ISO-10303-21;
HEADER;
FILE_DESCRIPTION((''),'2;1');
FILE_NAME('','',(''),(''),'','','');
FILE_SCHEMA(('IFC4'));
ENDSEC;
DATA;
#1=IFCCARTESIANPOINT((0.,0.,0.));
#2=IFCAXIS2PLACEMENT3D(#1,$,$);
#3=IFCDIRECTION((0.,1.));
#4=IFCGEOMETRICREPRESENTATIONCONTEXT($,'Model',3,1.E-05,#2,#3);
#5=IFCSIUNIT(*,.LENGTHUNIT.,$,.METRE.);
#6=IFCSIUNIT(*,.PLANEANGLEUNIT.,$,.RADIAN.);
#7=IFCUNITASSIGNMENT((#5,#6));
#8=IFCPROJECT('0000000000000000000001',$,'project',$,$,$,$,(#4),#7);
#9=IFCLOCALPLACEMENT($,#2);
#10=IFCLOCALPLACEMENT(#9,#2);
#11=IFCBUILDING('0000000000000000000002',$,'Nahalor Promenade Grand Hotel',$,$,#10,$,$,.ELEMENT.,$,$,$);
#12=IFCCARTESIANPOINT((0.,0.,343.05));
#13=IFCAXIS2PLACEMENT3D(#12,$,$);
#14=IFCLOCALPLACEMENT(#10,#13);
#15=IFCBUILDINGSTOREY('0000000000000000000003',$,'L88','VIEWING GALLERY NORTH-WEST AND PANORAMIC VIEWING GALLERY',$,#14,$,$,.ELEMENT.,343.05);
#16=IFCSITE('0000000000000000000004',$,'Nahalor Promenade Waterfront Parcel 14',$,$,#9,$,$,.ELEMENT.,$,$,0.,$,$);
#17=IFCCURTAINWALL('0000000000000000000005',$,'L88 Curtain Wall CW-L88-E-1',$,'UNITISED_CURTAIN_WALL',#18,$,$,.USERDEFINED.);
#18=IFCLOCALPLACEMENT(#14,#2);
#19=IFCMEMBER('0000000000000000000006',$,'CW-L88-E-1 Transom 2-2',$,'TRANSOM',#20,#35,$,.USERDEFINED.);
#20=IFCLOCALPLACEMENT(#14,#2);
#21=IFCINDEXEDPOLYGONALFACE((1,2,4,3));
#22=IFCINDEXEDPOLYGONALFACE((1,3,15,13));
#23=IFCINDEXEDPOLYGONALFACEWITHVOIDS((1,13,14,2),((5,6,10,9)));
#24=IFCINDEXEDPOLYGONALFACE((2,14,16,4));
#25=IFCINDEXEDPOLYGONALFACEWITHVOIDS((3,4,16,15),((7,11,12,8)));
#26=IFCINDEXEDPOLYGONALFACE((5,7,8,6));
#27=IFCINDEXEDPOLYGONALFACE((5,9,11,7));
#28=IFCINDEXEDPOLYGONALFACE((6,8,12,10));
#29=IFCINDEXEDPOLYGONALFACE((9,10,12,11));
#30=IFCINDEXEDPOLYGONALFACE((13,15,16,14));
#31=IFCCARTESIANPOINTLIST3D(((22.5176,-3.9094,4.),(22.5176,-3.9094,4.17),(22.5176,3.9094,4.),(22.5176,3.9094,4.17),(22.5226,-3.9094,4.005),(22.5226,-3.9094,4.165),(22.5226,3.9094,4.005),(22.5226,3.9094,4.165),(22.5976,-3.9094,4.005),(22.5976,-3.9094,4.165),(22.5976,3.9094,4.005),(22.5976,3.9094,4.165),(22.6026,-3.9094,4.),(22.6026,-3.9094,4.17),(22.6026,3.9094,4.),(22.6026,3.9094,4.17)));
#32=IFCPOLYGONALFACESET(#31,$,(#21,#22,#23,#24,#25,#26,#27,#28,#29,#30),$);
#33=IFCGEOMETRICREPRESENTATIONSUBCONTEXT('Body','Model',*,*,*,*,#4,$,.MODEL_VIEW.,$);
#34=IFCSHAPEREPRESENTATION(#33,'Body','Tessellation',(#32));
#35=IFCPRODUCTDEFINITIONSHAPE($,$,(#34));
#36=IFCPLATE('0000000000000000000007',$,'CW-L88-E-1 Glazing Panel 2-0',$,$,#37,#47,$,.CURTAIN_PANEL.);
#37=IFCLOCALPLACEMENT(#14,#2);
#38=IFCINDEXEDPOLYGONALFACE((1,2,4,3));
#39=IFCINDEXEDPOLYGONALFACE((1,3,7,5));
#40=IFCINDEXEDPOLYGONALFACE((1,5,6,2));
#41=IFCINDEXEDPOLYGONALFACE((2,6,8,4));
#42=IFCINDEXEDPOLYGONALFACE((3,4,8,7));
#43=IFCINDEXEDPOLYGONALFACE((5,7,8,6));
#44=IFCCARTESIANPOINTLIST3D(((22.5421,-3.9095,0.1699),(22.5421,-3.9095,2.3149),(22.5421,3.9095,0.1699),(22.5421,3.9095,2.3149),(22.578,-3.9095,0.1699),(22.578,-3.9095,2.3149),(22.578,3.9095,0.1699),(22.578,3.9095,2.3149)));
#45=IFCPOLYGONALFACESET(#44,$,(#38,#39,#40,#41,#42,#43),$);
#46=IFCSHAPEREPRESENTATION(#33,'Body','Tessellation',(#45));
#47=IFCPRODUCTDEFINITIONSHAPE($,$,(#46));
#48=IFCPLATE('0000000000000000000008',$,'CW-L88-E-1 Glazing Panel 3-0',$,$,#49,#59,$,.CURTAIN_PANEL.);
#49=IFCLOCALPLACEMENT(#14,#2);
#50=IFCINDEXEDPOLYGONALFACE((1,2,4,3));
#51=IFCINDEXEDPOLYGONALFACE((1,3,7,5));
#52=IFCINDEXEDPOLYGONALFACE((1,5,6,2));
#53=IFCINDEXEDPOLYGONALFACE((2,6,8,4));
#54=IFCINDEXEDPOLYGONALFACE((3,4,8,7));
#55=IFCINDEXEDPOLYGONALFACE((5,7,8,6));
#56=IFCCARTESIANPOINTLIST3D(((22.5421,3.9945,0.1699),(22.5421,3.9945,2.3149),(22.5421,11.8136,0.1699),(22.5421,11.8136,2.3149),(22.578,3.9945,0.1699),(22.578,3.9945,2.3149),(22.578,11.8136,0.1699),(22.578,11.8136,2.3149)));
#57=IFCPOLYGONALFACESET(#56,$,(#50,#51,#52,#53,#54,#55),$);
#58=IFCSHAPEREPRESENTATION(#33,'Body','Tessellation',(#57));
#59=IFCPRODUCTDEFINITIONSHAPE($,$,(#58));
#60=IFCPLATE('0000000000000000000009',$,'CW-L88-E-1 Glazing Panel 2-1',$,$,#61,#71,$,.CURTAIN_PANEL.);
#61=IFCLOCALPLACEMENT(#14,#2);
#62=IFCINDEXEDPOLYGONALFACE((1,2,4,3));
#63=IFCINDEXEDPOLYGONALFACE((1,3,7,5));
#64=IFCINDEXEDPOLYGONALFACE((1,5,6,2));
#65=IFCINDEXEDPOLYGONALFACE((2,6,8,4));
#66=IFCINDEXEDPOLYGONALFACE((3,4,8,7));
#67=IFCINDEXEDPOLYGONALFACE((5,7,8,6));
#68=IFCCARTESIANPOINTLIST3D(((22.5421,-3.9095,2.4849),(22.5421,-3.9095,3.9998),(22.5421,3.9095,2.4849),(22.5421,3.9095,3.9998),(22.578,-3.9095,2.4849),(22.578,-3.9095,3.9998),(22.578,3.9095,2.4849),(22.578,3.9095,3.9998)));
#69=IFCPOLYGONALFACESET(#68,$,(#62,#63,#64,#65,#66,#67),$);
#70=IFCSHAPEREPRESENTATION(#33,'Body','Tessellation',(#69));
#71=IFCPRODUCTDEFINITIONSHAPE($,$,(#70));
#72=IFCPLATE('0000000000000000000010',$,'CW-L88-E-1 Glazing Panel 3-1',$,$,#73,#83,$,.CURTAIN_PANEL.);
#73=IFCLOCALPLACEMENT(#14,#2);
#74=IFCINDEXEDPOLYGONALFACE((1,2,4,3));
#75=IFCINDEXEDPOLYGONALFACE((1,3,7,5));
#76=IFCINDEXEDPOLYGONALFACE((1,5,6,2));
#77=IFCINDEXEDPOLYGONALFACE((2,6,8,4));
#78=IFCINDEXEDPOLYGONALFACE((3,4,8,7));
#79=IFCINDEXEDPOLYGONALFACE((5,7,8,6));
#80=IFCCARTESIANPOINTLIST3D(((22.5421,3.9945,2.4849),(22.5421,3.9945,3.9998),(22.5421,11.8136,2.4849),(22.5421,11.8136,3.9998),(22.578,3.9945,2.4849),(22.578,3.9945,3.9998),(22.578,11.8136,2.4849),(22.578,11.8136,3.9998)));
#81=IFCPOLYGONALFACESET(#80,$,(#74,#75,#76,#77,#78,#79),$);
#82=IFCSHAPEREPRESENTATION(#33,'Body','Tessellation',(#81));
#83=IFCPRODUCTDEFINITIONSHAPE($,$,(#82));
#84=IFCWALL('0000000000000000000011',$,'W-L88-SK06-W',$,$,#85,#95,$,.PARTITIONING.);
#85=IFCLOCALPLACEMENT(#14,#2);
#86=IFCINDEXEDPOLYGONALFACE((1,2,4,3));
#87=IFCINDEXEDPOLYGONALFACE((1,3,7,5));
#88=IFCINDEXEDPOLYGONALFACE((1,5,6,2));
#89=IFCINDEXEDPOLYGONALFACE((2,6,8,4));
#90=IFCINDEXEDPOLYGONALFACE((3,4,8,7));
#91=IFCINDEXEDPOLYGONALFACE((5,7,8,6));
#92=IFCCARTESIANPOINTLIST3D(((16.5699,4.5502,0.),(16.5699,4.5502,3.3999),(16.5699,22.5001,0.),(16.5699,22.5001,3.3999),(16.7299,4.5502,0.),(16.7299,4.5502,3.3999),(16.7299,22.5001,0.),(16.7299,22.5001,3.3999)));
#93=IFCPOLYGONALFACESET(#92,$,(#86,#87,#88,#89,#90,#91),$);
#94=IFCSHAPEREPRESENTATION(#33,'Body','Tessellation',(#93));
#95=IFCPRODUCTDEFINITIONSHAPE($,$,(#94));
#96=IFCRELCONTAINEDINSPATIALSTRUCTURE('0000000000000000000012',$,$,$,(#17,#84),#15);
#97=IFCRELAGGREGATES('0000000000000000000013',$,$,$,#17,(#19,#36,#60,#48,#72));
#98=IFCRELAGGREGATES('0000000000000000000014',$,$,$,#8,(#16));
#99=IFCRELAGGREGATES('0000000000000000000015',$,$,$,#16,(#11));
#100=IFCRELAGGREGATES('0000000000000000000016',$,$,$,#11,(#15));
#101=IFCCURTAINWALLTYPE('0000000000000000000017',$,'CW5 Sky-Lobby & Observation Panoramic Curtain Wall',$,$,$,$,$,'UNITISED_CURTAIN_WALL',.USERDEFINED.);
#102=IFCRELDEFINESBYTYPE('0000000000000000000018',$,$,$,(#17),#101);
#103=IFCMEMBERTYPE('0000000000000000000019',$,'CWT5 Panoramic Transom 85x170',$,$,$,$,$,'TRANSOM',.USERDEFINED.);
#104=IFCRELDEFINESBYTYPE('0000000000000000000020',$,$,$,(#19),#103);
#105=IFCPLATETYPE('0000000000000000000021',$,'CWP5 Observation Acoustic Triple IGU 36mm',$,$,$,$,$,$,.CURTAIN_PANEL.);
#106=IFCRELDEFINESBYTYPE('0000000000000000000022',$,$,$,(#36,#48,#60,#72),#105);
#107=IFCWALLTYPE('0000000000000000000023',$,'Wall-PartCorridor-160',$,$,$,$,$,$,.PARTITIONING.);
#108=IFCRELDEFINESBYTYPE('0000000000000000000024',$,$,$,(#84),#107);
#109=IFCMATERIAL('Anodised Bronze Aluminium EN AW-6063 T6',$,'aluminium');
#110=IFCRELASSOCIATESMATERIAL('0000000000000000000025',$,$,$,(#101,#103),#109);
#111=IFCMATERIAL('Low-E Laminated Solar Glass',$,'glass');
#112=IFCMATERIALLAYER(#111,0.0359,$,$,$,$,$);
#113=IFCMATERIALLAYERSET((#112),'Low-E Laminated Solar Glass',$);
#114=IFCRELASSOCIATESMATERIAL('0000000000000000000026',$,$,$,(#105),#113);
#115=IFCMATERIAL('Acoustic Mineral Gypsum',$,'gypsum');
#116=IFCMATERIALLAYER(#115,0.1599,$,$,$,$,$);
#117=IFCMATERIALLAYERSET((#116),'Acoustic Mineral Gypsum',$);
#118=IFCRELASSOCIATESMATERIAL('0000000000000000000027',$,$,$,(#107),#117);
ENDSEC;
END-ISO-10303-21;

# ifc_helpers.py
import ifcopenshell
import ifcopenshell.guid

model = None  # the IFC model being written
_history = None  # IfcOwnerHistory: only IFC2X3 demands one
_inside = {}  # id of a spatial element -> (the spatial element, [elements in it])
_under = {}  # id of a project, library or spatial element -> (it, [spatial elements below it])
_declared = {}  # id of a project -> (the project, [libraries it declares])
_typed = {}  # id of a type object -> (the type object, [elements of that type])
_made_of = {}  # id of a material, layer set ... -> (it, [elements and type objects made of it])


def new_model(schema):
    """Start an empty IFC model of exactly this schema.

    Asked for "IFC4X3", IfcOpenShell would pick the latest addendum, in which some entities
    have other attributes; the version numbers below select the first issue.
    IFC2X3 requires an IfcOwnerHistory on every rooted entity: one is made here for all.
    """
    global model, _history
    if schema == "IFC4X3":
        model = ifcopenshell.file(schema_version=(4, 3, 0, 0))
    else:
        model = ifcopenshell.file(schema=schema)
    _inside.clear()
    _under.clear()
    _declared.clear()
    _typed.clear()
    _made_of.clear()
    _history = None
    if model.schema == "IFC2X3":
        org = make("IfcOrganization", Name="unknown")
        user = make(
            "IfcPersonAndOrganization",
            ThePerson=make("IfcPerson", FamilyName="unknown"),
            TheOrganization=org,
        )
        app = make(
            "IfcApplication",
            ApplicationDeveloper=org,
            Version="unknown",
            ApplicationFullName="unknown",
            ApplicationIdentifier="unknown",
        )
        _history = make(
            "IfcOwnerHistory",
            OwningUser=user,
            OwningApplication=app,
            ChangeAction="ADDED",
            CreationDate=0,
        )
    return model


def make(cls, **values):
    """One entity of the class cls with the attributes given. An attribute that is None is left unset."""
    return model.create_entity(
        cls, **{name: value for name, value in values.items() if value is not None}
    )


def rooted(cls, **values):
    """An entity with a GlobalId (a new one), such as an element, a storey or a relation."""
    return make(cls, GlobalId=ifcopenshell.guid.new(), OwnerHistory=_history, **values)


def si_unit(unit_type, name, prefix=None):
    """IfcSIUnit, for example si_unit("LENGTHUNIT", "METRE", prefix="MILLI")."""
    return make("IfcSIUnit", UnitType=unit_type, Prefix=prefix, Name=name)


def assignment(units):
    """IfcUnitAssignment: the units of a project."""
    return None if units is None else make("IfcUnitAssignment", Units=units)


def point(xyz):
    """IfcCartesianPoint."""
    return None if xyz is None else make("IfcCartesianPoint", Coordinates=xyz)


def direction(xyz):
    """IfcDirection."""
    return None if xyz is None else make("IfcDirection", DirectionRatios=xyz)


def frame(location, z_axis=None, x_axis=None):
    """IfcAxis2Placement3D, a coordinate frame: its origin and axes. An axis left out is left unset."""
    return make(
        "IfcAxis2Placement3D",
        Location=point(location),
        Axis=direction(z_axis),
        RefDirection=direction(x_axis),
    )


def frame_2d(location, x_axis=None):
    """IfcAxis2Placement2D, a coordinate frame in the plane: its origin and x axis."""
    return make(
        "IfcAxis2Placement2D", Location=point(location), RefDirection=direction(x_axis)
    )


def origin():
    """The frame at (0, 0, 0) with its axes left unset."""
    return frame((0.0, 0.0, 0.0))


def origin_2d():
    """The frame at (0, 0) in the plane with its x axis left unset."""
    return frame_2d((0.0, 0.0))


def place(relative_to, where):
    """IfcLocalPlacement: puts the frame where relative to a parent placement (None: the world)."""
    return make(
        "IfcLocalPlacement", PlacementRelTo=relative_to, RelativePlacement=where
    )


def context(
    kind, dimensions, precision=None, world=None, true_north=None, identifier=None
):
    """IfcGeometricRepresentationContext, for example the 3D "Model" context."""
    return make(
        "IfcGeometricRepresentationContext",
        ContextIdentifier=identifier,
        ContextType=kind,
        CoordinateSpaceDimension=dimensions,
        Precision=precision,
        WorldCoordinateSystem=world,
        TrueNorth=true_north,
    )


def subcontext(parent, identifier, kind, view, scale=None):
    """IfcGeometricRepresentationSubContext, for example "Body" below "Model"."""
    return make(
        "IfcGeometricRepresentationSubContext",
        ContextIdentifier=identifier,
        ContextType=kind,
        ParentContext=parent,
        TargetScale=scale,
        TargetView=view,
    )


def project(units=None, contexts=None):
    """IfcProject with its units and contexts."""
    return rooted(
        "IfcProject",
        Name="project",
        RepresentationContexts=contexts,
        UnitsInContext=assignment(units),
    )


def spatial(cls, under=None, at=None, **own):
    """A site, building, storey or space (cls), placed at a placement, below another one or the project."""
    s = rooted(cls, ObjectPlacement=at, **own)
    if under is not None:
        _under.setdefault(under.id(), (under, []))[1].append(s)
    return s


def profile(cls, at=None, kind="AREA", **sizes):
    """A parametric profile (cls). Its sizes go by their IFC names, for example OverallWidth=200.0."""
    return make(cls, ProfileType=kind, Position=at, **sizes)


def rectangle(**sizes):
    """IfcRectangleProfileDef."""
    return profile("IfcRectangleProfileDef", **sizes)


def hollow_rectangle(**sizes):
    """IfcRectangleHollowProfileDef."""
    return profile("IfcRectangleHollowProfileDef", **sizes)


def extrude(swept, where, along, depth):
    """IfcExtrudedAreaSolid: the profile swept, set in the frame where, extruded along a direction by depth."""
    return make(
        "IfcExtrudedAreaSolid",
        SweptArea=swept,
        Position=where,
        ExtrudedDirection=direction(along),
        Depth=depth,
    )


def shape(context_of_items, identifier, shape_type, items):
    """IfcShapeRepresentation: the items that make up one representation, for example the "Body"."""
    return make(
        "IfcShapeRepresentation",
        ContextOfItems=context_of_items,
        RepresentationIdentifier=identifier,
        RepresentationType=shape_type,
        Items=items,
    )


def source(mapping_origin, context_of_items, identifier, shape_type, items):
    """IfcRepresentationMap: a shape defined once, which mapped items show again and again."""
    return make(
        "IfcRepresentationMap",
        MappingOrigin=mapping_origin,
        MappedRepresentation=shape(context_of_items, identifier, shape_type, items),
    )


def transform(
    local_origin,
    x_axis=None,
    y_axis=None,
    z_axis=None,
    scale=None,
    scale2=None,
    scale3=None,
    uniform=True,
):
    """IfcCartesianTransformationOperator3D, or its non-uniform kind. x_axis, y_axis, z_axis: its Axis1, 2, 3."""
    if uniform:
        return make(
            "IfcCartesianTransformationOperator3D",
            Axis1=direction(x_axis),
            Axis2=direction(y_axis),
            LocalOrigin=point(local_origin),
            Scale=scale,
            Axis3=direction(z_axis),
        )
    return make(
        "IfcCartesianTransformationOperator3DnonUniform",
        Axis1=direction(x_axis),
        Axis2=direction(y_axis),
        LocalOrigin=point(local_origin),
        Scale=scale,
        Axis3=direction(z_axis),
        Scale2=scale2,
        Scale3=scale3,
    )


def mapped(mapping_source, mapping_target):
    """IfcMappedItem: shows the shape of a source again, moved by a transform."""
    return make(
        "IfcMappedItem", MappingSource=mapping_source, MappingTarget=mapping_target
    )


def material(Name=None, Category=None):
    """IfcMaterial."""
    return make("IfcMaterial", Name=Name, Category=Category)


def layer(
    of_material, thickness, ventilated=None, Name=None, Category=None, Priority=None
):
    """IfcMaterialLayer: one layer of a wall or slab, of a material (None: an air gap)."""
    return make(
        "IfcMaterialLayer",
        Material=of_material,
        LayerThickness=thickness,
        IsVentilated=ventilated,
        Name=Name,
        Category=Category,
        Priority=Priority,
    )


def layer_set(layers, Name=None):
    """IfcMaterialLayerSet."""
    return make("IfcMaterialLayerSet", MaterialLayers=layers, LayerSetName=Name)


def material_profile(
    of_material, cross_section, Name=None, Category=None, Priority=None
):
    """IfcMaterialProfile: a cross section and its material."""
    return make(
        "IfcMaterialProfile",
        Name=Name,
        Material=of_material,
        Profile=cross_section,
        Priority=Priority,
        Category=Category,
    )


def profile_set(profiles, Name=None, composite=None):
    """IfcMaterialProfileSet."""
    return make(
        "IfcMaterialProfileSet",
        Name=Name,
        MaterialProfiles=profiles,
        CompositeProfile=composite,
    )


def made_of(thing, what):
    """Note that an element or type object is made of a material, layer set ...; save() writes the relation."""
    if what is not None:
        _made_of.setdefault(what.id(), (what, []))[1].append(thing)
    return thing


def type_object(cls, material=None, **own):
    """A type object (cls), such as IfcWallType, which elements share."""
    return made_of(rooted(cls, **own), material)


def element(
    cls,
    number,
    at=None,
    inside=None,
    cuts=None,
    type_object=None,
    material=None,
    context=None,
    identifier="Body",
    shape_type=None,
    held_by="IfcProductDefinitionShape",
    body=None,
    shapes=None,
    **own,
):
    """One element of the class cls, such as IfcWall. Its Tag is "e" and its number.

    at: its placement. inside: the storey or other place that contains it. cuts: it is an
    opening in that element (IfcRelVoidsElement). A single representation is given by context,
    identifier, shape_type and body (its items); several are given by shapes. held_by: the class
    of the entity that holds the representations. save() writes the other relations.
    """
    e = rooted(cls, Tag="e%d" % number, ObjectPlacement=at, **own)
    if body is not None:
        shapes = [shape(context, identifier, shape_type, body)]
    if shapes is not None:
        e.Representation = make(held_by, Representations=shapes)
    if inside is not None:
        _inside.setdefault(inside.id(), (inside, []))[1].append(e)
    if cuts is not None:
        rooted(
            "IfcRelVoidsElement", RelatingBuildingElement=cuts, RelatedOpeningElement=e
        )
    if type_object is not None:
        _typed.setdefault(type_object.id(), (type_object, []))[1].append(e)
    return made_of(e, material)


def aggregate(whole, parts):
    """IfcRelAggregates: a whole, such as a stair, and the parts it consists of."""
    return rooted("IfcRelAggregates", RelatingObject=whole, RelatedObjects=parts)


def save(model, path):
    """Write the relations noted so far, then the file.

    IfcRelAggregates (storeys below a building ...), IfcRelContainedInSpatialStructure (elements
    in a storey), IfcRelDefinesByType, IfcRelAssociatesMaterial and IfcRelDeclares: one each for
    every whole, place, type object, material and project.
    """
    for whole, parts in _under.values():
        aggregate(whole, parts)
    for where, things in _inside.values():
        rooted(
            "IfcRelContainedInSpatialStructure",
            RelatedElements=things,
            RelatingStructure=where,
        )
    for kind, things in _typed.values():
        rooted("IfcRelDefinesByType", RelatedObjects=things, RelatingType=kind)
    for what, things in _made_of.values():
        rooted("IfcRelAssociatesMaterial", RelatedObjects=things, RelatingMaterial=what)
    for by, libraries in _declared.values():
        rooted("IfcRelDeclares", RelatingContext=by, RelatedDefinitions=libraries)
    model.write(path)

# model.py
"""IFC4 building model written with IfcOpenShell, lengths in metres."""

from ifc_helpers import new_model, si_unit, direction, frame, frame_2d, origin, origin_2d, place, context, subcontext, project, spatial, rectangle, hollow_rectangle, extrude, source, transform, mapped, material, layer, layer_set, material_profile, profile_set, type_object, element, aggregate, save


model = new_model("IFC4")

# Units and contexts
model_context = context("Model", 3, precision=1e-05, world=origin(), true_north=direction((0.0, 1.0)))
body_context = subcontext(model_context, "Body", "Model", "MODEL_VIEW")
ifc_project = project(units=[si_unit("LENGTHUNIT", "METRE"), si_unit("PLANEANGLEUNIT", "RADIAN")], contexts=[model_context])

# Site, building, storey
site_placement = place(None, origin())
site = spatial("IfcSite", under=ifc_project, at=site_placement, Name="Nahalor Promenade Waterfront Parcel 14", CompositionType="ELEMENT", RefElevation=0.0)
building_placement = place(site_placement, origin())
building = spatial("IfcBuilding", under=site, at=building_placement, Name="Nahalor Promenade Grand Hotel", CompositionType="ELEMENT")
storey_placement = place(building_placement, frame((0.0, 0.0, 343.05)))
storey = spatial("IfcBuildingStorey", under=building, at=storey_placement, Name="L88", Description="VIEWING GALLERY NORTH-WEST AND PANORAMIC VIEWING GALLERY", CompositionType="ELEMENT", Elevation=343.05)

# Curtain wall, member, plates
ifc_material_1 = material(Name="Anodised Bronze Aluminium EN AW-6063 T6", Category="aluminium")
curtain_wall_type = type_object("IfcCurtainWallType", Name="CW5 Sky-Lobby & Observation Panoramic Curtain Wall", ElementType="UNITISED_CURTAIN_WALL", PredefinedType="USERDEFINED", material=ifc_material_1)
curtain_wall_placement = place(storey_placement, origin())
curtain_wall = element("IfcCurtainWall", 1, at=curtain_wall_placement, inside=storey, type_object=curtain_wall_type, Name="L88 Curtain Wall CW-L88-E-1", ObjectType="UNITISED_CURTAIN_WALL", PredefinedType="USERDEFINED")
ifc_material_profile_1 = material_profile(ifc_material_1, hollow_rectangle(XDim=0.085, YDim=0.17, WallThickness=0.005, at=origin_2d()), Name="CWT 85x170x5")
ifc_profile_set_1 = profile_set([ifc_material_profile_1], Name="Anodised Bronze Aluminium EN AW-6063 T6")
member_type_1 = type_object("IfcMemberType", Name="CWT5 Panoramic Transom 85x170", ElementType="TRANSOM", PredefinedType="USERDEFINED", material=ifc_profile_set_1)
shared_shape_1 = source(origin(), body_context, "Body", "SweptSolid", [
    extrude(hollow_rectangle(XDim=0.085, YDim=0.17, WallThickness=0.005, at=origin_2d()), origin(), (0.0, 0.0, 1.0), 7.8188),
])
member_1_placement = place(storey_placement, frame((22.5601, -3.9094, 4.085), z_axis=(0.0, 1.0, 0.0), x_axis=(-1.0, 0.0, 0.0)))
member_1 = element("IfcMember", 2, at=member_1_placement, type_object=member_type_1, Name="CW-L88-E-1 Transom 2-2", ObjectType="TRANSOM", PredefinedType="USERDEFINED", context=body_context, shape_type="MappedRepresentation", body=[
    mapped(shared_shape_1, transform((0.0, 0.0, 0.0), scale=1.0)),
])
ifc_material_2 = material(Name="Low-E Laminated Solar Glass", Category="glass")
ifc_layer_1 = layer(ifc_material_2, 0.0359)
ifc_layer_set_1 = layer_set([ifc_layer_1], Name="Low-E Laminated Solar Glass")
plate_type = type_object("IfcPlateType", Name="CWP5 Observation Acoustic Triple IGU 36mm", PredefinedType="CURTAIN_PANEL", material=ifc_layer_set_1)
shared_shape_2 = source(origin(), body_context, "Body", "SweptSolid", [
    extrude(rectangle(XDim=7.8191, YDim=0.0359, at=origin_2d()), origin(), (0.0, 0.0, 1.0), 2.145),
])
plate_1_placement = place(storey_placement, frame((22.5601, 0.0, 0.1699), z_axis=(0.0, 0.0, 1.0), x_axis=(0.0, 1.0, 0.0)))
plate_1 = element("IfcPlate", 3, at=plate_1_placement, type_object=plate_type, Name="CW-L88-E-1 Glazing Panel 2-0", PredefinedType="CURTAIN_PANEL", context=body_context, shape_type="MappedRepresentation", body=[
    mapped(shared_shape_2, transform((0.0, 0.0, 0.0), scale=1.0)),
])
plate_2_placement = place(storey_placement, frame((22.5601, 7.9041, 0.1699), z_axis=(0.0, 0.0, 1.0), x_axis=(0.0, 1.0, 0.0)))
plate_2 = element("IfcPlate", 4, at=plate_2_placement, type_object=plate_type, Name="CW-L88-E-1 Glazing Panel 3-0", PredefinedType="CURTAIN_PANEL", context=body_context, shape_type="MappedRepresentation", body=[
    mapped(shared_shape_2, transform((0.0, 0.0, 0.0), scale=1.0)),
])
shared_shape_3 = source(origin(), body_context, "Body", "SweptSolid", [
    extrude(rectangle(XDim=7.8191, YDim=0.0359, at=origin_2d()), origin(), (0.0, 0.0, 1.0), 1.5149),
])
plate_3_placement = place(storey_placement, frame((22.5601, 0.0, 2.4849), z_axis=(0.0, 0.0, 1.0), x_axis=(0.0, 1.0, 0.0)))
plate_3 = element("IfcPlate", 5, at=plate_3_placement, type_object=plate_type, Name="CW-L88-E-1 Glazing Panel 2-1", PredefinedType="CURTAIN_PANEL", context=body_context, shape_type="MappedRepresentation", body=[
    mapped(shared_shape_3, transform((0.0, 0.0, 0.0), scale=1.0)),
])
plate_4_placement = place(storey_placement, frame((22.5601, 7.9041, 2.4849), z_axis=(0.0, 0.0, 1.0), x_axis=(0.0, 1.0, 0.0)))
plate_4 = element("IfcPlate", 6, at=plate_4_placement, type_object=plate_type, Name="CW-L88-E-1 Glazing Panel 3-1", PredefinedType="CURTAIN_PANEL", context=body_context, shape_type="MappedRepresentation", body=[
    mapped(shared_shape_3, transform((0.0, 0.0, 0.0), scale=1.0)),
])
aggregate(curtain_wall, [member_1, plate_1, plate_3, plate_2, plate_4])

# Shared definitions
ifc_material_3 = material(Name="Acoustic Mineral Gypsum", Category="gypsum")
ifc_layer_2 = layer(ifc_material_3, 0.1599)
ifc_layer_set_2 = layer_set([ifc_layer_2], Name="Acoustic Mineral Gypsum")
wall_type = type_object("IfcWallType", Name="Wall-PartCorridor-160", PredefinedType="PARTITIONING", material=ifc_layer_set_2)

# Wall
shared_shape_4 = source(origin(), body_context, "Body", "SweptSolid", [
    extrude(rectangle(XDim=17.95, YDim=0.1599, at=frame_2d((8.9751, 0.0))), origin(), (0.0, 0.0, 1.0), 3.3999),
])
wall_1_placement = place(storey_placement, frame((16.6499, 4.55, 0.0), z_axis=(0.0, 0.0, 1.0), x_axis=(0.0, 1.0, 0.0)))
element("IfcWall", 7, at=wall_1_placement, inside=storey, type_object=wall_type, Name="W-L88-SK06-W", PredefinedType="PARTITIONING", context=body_context, shape_type="MappedRepresentation", body=[
    mapped(shared_shape_4, transform((0.0, 0.0, 0.0), scale=1.0)),
])

save(model, "model.ifc")
